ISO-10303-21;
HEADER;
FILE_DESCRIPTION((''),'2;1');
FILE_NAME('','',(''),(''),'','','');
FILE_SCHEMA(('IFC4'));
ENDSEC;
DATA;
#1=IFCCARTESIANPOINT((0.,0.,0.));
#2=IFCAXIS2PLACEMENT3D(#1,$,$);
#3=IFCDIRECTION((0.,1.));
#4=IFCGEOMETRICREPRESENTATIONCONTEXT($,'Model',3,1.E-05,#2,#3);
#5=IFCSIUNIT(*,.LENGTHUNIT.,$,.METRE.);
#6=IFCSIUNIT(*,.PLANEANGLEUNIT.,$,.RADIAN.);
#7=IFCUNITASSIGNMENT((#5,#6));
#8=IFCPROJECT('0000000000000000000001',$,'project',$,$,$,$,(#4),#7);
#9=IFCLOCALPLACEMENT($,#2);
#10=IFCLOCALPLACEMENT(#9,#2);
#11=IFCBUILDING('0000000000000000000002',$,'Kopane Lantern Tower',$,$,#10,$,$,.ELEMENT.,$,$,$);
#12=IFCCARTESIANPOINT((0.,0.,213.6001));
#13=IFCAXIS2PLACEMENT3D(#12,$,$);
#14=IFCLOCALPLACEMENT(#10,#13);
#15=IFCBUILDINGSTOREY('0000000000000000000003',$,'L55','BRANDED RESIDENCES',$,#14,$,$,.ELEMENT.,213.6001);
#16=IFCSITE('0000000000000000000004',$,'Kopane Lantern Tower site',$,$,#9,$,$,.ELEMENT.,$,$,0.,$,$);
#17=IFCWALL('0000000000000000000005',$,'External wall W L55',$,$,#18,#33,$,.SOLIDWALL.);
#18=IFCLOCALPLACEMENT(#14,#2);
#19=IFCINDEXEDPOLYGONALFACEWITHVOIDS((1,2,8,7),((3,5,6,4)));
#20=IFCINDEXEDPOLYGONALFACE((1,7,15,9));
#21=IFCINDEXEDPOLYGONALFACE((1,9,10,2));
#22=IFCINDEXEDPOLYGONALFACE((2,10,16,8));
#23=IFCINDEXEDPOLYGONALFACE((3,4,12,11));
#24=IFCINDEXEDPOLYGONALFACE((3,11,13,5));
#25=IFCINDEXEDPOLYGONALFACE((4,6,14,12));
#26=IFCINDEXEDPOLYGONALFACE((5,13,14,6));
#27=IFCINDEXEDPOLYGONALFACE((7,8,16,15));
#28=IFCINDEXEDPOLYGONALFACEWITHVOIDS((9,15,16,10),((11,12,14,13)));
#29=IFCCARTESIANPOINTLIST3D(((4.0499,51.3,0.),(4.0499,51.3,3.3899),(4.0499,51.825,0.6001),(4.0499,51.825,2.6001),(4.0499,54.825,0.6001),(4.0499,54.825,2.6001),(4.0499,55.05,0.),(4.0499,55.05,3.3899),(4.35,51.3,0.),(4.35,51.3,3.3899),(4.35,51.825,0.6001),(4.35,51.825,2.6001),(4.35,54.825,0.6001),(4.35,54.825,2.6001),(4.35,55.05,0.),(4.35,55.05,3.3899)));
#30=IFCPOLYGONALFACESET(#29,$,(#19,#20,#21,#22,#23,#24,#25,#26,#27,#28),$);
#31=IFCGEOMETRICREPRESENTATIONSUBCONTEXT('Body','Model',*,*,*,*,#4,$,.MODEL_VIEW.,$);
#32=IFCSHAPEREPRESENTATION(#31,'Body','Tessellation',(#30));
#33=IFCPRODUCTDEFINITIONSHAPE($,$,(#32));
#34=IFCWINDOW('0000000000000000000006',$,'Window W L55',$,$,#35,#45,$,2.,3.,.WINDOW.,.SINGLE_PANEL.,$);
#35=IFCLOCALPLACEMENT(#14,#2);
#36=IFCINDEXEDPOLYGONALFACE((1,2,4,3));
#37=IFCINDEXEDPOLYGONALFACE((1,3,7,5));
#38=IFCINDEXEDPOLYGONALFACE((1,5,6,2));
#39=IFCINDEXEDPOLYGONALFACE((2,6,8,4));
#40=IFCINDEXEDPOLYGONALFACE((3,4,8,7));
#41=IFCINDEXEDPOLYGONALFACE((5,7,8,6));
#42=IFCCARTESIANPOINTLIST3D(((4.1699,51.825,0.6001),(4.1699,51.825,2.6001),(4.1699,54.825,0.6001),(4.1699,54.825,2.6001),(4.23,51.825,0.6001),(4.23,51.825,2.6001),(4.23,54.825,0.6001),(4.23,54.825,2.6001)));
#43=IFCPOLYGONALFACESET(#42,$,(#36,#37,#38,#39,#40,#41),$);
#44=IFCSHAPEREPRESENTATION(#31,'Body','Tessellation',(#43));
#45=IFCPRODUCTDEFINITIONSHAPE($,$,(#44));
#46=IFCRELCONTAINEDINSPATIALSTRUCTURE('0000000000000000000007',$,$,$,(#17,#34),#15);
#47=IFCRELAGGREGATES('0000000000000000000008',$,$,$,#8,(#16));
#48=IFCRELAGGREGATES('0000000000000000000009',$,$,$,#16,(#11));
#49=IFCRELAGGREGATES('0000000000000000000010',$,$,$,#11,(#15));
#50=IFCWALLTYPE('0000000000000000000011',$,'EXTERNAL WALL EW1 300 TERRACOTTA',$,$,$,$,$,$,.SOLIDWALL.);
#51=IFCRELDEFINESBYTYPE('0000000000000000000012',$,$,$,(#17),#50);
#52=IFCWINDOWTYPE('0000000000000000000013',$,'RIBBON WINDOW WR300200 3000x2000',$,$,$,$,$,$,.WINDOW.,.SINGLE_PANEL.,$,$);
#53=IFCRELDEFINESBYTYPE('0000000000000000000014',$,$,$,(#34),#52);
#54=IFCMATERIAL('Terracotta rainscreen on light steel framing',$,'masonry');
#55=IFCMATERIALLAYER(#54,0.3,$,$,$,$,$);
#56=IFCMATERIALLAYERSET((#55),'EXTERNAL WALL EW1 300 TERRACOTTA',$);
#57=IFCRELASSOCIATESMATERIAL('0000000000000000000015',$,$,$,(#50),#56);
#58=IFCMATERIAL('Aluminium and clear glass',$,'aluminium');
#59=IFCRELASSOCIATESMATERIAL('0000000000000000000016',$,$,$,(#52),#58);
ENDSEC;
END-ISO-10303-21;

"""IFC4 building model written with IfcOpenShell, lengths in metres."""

from ifc_helpers import new_model, si_unit, direction, frame, frame_2d, origin, place, context, subcontext, project, spatial, rectangle, extrude, material, layer, layer_set, type_object, element, fill, save


model = new_model("IFC4")

# Units and contexts
model_context = context("Model", 3, precision=1e-05, world=origin(), true_north=direction((0.0, 1.0)))
body_context = subcontext(model_context, "Body", "Model", "MODEL_VIEW")
ifc_project = project(units=[si_unit("LENGTHUNIT", "METRE"), si_unit("PLANEANGLEUNIT", "RADIAN")], contexts=[model_context])

# Site, building, storey
site_placement = place(None, origin())
site = spatial("IfcSite", under=ifc_project, at=site_placement, Name="Kopane Lantern Tower site", CompositionType="ELEMENT", RefElevation=0.0)
building_placement = place(site_placement, origin())
building = spatial("IfcBuilding", under=site, at=building_placement, Name="Kopane Lantern Tower", CompositionType="ELEMENT")
storey_placement = place(building_placement, frame((0.0, 0.0, 213.6001)))
storey = spatial("IfcBuildingStorey", under=building, at=storey_placement, Name="L55", Description="BRANDED RESIDENCES", CompositionType="ELEMENT", Elevation=213.6001)

# Wall, opening, window
ifc_material_1 = material(Name="Terracotta rainscreen on light steel framing", Category="masonry")
ifc_layer_1 = layer(ifc_material_1, 0.3)
ifc_layer_set_1 = layer_set([ifc_layer_1], Name="EXTERNAL WALL EW1 300 TERRACOTTA")
wall_type_1 = type_object("IfcWallType", Name="EXTERNAL WALL EW1 300 TERRACOTTA", PredefinedType="SOLIDWALL", material=ifc_layer_set_1)
ifc_material_2 = material(Name="Aluminium and clear glass", Category="aluminium")
window_type = type_object("IfcWindowType", Name="RIBBON WINDOW WR300200 3000x2000", PartitioningType="SINGLE_PANEL", PredefinedType="WINDOW", material=ifc_material_2)
wall_1_placement = place(storey_placement, frame((4.2, 55.05, 0.0), z_axis=(0.0, 0.0, 1.0), x_axis=(0.0, -1.0, 0.0)))
wall_1 = element("IfcWall", 1, at=wall_1_placement, inside=storey, type_object=wall_type_1, Name="External wall W L55", PredefinedType="SOLIDWALL", context=body_context, shape_type="SweptSolid", body=[
    extrude(rectangle(XDim=3.75, YDim=0.3, at=frame_2d((1.875, 0.0))), origin(), (0.0, 0.0, 1.0), 3.3899),
])
opening_1_placement = place(wall_1_placement, frame((0.2251, 0.0, 0.6001)))
opening_1 = element("IfcOpeningElement", 2, at=opening_1_placement, cuts=wall_1, PredefinedType="OPENING", context=body_context, shape_type="SweptSolid", body=[
    extrude(rectangle(XDim=3.0, YDim=2.0, at=frame_2d((1.5, 1.0))), frame((0.0, 0.1599, 0.0), z_axis=(0.0, -1.0, 0.0), x_axis=(1.0, 0.0, 0.0)), (0.0, 0.0, 1.0), 0.3201),
])
window_1_placement = place(opening_1_placement, origin())
window_1 = element("IfcWindow", 3, at=window_1_placement, inside=storey, type_object=window_type, Name="Window W L55", OverallHeight=2.0, OverallWidth=3.0, PartitioningType="SINGLE_PANEL", PredefinedType="WINDOW", context=body_context, shape_type="SweptSolid", body=[
    extrude(rectangle(XDim=3.0, YDim=2.0, at=frame_2d((1.5, 1.0))), frame((0.0, 0.03, 0.0), z_axis=(0.0, -1.0, 0.0), x_axis=(1.0, 0.0, 0.0)), (0.0, 0.0, 1.0), 0.0601),
])
fill(opening_1, window_1)

save(model, "model.ifc")
